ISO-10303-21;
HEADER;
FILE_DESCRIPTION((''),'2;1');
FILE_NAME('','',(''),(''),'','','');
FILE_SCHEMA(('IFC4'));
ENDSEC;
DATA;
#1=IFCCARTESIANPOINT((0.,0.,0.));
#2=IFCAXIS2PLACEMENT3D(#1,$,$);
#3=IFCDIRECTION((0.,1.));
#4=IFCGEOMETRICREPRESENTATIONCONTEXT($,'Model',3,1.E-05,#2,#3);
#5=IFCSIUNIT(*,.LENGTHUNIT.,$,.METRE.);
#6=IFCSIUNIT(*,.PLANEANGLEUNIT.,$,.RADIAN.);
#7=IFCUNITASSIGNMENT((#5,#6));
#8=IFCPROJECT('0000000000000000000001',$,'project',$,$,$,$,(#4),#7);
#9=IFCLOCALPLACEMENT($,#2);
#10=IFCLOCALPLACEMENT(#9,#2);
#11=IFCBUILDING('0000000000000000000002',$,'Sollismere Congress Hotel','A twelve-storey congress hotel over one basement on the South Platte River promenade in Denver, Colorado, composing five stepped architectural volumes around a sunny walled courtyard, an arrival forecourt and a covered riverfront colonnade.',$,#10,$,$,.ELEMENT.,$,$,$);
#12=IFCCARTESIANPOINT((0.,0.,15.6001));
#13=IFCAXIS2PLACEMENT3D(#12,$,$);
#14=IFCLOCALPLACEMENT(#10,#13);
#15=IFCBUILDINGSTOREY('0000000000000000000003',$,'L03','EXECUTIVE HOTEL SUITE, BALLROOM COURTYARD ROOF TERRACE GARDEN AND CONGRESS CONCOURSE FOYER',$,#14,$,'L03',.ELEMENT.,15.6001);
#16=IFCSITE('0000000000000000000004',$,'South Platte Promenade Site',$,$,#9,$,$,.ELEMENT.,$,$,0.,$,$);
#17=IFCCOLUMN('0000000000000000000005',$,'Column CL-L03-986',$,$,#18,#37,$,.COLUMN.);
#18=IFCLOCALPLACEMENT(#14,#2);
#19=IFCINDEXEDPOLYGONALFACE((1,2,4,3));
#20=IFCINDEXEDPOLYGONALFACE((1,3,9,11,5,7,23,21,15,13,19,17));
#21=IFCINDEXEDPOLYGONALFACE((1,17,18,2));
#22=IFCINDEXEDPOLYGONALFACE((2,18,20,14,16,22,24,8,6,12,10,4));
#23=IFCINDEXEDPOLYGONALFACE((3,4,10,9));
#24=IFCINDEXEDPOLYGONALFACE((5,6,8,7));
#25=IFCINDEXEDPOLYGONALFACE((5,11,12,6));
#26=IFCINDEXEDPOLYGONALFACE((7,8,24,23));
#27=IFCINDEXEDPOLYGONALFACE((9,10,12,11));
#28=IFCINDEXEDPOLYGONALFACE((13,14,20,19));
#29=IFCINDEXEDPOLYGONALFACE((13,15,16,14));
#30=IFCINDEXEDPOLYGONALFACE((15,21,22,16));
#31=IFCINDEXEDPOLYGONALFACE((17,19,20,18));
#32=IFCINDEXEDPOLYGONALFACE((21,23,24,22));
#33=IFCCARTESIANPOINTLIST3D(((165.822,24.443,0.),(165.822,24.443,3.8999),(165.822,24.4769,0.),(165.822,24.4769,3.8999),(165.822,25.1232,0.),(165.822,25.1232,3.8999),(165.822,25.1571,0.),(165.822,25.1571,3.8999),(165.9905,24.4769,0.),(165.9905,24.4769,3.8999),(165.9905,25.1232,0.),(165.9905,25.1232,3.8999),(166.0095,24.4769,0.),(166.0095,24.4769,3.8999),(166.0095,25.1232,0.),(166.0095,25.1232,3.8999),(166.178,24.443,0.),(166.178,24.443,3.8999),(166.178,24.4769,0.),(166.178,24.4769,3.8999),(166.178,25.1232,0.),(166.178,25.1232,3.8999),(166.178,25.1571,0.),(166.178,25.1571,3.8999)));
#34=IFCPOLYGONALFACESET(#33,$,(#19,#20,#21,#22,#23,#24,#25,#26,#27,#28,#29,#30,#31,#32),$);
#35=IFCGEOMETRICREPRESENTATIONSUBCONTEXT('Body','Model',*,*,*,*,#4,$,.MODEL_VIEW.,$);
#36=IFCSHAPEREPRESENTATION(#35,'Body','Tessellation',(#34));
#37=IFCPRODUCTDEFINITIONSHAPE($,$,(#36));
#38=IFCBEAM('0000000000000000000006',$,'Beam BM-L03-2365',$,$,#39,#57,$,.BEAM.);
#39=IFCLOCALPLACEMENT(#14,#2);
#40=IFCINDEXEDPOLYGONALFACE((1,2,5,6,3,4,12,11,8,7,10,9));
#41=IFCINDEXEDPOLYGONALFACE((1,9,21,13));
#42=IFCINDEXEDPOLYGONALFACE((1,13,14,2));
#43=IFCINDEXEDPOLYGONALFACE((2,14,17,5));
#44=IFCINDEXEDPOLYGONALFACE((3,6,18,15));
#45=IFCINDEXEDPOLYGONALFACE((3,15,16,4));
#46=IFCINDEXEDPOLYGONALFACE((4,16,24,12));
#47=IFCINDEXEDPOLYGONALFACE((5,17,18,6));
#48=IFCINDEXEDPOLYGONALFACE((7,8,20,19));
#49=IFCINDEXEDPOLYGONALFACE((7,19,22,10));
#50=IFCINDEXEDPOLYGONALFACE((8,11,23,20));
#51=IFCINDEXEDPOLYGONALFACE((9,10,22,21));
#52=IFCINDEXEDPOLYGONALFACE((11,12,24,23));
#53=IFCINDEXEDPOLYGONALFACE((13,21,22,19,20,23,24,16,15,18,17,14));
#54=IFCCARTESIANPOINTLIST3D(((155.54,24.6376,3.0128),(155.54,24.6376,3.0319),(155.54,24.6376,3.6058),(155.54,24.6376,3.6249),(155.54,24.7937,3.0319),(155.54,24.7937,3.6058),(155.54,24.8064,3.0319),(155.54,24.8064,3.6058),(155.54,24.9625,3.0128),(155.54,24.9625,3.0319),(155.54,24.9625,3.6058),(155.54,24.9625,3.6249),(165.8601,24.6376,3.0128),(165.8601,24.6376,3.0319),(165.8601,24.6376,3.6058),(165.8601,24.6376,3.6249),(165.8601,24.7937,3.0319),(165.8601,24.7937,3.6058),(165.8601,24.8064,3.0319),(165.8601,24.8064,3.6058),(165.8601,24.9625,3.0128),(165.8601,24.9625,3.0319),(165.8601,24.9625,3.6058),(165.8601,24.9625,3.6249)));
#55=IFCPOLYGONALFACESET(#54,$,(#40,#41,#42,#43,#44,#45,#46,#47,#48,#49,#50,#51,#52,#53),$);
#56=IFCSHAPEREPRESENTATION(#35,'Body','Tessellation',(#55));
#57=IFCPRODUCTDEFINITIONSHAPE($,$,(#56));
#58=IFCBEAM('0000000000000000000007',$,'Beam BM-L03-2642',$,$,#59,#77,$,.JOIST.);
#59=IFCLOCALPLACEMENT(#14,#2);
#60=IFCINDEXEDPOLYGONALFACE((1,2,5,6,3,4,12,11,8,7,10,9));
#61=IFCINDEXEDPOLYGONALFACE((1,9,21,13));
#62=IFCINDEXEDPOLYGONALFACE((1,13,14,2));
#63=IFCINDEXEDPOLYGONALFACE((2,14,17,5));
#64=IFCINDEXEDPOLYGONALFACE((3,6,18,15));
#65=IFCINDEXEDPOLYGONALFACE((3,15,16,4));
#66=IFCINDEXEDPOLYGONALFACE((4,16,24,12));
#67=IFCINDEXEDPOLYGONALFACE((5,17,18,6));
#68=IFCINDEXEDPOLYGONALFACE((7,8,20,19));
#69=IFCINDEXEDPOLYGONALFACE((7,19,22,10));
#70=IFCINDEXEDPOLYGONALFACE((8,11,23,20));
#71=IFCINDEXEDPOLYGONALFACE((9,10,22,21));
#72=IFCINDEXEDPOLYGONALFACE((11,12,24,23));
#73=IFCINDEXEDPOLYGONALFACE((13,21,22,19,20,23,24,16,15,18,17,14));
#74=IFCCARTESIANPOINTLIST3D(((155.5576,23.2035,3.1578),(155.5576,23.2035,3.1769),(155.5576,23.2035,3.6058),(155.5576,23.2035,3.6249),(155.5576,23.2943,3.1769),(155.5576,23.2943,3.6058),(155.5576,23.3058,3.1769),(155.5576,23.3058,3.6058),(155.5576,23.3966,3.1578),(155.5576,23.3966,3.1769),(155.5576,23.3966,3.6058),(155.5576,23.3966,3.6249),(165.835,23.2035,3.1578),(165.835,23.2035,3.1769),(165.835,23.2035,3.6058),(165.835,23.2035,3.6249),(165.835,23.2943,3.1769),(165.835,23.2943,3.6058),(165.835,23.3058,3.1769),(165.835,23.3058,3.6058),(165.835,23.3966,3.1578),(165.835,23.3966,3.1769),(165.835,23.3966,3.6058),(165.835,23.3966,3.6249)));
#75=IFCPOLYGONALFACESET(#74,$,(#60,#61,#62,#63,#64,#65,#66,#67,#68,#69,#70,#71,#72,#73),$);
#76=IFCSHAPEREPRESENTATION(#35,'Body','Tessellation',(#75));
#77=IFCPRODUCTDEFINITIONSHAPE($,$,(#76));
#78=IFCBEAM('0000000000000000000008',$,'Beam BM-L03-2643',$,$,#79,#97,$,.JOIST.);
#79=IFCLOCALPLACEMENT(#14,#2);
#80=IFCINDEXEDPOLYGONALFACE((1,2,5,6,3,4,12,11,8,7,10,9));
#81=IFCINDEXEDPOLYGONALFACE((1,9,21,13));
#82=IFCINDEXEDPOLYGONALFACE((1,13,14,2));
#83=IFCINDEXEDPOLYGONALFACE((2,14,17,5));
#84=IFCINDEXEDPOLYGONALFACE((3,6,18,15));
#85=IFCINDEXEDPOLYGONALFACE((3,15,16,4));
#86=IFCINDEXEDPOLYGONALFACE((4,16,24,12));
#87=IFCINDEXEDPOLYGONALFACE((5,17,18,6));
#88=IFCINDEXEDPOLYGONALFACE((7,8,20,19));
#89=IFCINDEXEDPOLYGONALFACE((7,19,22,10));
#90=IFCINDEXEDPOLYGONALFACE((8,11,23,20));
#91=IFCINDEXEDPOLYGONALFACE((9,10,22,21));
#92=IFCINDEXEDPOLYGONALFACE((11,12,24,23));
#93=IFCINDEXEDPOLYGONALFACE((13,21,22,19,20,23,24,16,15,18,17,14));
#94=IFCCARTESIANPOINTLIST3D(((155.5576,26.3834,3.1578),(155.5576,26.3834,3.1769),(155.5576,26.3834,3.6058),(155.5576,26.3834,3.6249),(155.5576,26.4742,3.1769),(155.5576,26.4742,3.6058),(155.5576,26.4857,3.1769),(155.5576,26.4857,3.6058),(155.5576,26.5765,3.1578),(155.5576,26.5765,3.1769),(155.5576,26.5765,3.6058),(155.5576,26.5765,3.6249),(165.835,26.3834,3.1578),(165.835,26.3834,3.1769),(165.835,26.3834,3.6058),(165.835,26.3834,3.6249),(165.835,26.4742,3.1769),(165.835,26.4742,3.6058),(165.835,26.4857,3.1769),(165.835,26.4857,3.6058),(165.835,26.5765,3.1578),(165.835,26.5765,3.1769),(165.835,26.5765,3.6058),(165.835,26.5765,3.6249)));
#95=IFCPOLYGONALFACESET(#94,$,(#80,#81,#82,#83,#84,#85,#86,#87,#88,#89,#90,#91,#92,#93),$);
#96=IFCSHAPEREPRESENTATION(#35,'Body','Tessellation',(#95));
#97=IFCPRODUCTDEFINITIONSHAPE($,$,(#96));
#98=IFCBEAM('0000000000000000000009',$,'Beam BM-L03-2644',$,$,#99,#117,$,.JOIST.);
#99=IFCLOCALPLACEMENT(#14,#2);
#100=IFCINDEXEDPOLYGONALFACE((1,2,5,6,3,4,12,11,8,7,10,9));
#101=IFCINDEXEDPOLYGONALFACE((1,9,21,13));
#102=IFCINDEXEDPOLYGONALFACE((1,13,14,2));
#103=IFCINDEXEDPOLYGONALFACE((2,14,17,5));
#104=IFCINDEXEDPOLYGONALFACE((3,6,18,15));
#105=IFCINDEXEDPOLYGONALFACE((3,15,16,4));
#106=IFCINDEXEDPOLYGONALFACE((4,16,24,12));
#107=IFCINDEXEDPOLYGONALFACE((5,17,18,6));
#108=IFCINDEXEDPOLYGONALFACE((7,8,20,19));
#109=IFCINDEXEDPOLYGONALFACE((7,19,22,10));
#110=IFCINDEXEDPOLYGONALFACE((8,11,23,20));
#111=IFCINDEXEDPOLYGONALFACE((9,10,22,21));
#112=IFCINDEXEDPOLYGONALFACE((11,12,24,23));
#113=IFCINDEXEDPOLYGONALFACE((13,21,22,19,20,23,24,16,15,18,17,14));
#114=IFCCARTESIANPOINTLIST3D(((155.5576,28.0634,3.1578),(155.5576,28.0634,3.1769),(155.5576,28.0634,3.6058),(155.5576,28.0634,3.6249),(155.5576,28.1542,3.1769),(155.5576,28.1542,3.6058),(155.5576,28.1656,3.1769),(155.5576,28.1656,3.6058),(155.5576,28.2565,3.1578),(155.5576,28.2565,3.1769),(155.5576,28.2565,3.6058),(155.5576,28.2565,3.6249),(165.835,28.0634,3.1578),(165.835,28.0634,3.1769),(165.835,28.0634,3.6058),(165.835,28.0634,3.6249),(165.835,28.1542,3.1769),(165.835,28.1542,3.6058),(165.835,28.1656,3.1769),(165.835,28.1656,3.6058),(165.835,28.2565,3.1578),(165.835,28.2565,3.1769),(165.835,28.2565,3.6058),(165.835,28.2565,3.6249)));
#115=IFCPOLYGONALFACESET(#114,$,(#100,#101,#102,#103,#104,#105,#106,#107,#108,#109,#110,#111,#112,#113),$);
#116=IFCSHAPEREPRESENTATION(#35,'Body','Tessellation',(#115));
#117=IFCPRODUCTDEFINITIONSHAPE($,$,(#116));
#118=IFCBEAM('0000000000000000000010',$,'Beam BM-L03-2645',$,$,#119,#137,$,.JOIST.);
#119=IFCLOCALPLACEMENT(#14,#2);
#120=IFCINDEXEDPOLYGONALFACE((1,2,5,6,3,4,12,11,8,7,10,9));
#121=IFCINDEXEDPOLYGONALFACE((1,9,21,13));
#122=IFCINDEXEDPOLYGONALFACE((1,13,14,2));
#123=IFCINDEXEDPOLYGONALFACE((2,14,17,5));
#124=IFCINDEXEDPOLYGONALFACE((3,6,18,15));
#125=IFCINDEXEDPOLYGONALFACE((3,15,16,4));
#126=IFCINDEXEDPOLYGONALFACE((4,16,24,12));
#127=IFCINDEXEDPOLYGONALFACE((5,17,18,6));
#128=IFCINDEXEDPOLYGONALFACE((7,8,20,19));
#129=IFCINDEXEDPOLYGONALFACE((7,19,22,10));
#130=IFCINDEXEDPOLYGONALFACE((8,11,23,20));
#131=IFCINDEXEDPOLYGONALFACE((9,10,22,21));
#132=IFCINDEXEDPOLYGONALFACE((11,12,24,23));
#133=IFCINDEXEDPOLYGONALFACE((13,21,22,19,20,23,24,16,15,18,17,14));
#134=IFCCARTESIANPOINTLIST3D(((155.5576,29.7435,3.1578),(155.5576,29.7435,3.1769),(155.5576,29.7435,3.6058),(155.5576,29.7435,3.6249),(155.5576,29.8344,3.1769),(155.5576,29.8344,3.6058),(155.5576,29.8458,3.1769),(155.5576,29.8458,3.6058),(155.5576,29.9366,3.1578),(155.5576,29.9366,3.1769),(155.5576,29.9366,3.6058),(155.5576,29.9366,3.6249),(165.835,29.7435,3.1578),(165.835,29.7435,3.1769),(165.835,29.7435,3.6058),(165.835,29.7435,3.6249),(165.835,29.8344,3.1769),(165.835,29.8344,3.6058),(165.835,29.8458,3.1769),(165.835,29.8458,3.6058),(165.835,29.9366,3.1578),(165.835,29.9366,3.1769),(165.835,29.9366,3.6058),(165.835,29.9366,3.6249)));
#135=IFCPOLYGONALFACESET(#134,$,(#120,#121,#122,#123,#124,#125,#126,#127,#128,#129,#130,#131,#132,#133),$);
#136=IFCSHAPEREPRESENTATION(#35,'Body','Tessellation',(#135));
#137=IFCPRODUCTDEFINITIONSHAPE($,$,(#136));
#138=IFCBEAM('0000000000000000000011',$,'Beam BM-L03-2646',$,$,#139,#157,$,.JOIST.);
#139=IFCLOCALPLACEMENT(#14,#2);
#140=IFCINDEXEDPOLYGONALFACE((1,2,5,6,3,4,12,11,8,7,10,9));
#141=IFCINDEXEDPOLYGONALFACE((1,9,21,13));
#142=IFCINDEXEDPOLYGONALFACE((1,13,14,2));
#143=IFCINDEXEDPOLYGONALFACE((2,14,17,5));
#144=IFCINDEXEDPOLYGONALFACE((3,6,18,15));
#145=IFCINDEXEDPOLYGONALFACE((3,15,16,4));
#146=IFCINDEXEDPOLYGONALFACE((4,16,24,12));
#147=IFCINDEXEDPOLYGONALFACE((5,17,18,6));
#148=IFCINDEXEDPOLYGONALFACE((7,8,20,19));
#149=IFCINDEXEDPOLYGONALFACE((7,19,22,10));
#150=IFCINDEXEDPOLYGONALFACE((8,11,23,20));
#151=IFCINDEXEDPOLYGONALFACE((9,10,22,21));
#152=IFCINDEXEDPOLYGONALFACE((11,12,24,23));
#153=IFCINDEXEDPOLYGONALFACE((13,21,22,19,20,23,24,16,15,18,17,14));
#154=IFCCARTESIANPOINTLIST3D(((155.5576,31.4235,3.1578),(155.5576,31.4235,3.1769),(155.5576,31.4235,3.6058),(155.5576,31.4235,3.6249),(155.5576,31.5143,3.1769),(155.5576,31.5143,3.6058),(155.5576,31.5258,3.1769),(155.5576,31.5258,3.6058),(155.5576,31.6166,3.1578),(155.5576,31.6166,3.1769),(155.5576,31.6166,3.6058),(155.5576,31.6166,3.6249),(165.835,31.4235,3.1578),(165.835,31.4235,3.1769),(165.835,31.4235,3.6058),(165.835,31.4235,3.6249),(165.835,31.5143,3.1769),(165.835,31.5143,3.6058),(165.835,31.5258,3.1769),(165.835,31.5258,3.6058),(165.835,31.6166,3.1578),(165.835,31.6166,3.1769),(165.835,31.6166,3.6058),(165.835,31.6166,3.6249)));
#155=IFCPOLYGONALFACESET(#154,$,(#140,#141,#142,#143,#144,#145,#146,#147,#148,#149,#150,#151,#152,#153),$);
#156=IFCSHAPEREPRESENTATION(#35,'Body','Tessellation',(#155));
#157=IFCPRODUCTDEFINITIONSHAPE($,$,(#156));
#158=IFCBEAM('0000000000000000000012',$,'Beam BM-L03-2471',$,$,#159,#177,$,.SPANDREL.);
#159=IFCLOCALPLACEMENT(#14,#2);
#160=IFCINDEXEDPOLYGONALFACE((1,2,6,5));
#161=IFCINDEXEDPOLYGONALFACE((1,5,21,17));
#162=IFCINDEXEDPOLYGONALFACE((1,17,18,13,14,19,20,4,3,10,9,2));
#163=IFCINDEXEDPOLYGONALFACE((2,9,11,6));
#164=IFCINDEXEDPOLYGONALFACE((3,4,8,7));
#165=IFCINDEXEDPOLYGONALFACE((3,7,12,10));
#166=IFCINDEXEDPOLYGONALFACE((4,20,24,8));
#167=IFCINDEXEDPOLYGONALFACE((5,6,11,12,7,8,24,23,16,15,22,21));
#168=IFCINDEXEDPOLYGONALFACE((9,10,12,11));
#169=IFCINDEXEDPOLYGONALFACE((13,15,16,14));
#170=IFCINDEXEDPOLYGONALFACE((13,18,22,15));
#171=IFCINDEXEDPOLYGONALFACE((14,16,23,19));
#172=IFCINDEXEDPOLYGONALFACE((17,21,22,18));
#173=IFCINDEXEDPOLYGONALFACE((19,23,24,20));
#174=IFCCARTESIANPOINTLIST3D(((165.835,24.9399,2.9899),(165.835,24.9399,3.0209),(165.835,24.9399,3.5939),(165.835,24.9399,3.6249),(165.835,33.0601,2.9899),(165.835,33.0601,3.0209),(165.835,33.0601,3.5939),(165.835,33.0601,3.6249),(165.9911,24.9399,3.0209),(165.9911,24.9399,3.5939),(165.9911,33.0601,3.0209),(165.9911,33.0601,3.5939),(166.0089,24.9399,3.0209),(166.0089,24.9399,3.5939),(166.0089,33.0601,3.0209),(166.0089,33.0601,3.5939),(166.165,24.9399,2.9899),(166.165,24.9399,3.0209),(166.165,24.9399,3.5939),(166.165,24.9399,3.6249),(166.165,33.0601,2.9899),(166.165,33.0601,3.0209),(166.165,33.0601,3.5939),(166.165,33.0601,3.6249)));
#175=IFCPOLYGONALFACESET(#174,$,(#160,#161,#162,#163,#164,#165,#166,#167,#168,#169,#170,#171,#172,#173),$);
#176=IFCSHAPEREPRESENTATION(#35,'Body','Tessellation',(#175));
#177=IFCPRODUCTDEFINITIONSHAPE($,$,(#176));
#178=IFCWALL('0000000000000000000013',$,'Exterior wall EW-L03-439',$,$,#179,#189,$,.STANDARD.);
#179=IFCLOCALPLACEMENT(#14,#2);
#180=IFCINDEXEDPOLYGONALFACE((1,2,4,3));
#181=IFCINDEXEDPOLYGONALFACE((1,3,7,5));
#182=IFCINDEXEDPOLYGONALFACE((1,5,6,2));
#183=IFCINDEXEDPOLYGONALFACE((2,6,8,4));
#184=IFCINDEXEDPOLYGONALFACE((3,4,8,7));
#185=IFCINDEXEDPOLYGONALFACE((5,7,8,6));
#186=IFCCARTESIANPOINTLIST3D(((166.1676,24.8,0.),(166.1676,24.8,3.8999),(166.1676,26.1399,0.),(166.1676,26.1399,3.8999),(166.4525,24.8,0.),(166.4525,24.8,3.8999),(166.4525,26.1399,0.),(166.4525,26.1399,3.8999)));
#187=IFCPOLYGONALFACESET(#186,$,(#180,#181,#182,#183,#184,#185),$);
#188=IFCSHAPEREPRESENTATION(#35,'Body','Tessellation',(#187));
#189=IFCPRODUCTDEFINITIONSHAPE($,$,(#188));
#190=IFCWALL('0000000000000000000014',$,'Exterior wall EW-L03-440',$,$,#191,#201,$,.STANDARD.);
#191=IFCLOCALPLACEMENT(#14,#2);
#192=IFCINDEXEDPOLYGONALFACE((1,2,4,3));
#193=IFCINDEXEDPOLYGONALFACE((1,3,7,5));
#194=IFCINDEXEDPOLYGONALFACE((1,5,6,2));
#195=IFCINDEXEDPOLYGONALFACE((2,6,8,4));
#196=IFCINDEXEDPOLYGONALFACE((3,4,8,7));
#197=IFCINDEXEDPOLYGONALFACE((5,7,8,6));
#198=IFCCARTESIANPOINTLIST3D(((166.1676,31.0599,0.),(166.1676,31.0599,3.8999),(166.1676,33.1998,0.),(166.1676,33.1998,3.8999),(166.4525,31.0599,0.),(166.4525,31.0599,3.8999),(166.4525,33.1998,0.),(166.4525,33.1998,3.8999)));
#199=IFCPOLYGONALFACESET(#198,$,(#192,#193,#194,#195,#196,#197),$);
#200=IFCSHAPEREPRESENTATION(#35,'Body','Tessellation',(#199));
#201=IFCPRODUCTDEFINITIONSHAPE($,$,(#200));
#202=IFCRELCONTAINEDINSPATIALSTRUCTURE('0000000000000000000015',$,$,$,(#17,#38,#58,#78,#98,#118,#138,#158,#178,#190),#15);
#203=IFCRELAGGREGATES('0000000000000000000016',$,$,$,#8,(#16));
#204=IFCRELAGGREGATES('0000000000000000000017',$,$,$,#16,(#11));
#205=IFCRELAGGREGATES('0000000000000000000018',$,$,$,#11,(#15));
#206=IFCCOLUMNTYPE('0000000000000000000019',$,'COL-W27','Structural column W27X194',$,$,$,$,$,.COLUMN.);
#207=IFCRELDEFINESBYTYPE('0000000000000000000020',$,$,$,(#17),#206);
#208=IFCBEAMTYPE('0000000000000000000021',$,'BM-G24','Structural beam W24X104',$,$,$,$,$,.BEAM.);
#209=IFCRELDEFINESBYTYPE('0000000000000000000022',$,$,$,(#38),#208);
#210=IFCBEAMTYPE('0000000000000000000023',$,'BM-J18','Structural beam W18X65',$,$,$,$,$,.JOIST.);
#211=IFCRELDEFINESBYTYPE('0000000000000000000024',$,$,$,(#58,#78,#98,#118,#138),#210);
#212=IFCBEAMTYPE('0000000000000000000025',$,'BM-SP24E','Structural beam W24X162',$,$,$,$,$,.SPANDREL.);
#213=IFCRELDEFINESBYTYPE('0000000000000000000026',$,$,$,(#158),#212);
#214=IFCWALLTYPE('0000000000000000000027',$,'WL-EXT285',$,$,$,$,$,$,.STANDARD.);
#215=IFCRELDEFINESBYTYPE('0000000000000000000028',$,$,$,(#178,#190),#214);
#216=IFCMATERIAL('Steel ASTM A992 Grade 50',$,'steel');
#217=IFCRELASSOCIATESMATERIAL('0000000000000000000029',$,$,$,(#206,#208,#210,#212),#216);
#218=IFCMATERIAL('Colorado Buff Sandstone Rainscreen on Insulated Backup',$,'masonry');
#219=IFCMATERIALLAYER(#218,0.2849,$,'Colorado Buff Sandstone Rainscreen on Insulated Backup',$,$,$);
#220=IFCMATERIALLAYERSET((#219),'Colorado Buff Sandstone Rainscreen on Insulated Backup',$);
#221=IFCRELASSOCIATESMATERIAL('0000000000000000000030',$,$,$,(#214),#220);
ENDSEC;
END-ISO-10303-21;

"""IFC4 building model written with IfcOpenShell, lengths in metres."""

from ifc_helpers import new_model, si_unit, direction, frame, frame_2d, origin, origin_2d, place, context, subcontext, project, spatial, rectangle, i_section, extrude, material, layer, layer_set, material_profile, profile_set, type_object, element, save


model = new_model("IFC4")

# Units and contexts
model_context = context("Model", 3, precision=1e-05, world=origin(), true_north=direction((0.0, 1.0)))
body_context = subcontext(model_context, "Body", "Model", "MODEL_VIEW")
ifc_project = project(units=[si_unit("LENGTHUNIT", "METRE"), si_unit("PLANEANGLEUNIT", "RADIAN")], contexts=[model_context])

# Site, building, storey
site_placement = place(None, origin())
site = spatial("IfcSite", under=ifc_project, at=site_placement, Name="South Platte Promenade Site", CompositionType="ELEMENT", RefElevation=0.0)
building_placement = place(site_placement, origin())
building = spatial("IfcBuilding", under=site, at=building_placement, Name="Sollismere Congress Hotel", Description="A twelve-storey congress hotel over one basement on the South Platte River promenade in Denver, Colorado, composing five stepped architectural volumes around a sunny walled courtyard, an arrival forecourt and a covered riverfront colonnade.", CompositionType="ELEMENT")
storey_placement = place(building_placement, frame((0.0, 0.0, 15.6001)))
storey = spatial("IfcBuildingStorey", under=building, at=storey_placement, Name="L03", Description="EXECUTIVE HOTEL SUITE, BALLROOM COURTYARD ROOF TERRACE GARDEN AND CONGRESS CONCOURSE FOYER", LongName="L03", CompositionType="ELEMENT", Elevation=15.6001)

# Column
ifc_material_1 = material(Name="Steel ASTM A992 Grade 50", Category="steel")
ifc_material_profile_1 = material_profile(ifc_material_1, i_section(OverallWidth=0.356, OverallDepth=0.7141, WebThickness=0.019, FlangeThickness=0.0339, at=origin_2d()), Name="W27X194")
ifc_profile_set_1 = profile_set([ifc_material_profile_1], Name="Steel ASTM A992 Grade 50")
column_type = type_object("IfcColumnType", Name="COL-W27", Description="Structural column W27X194", PredefinedType="COLUMN", material=ifc_profile_set_1)
column_placement = place(storey_placement, frame((166.0, 24.8, 0.0), z_axis=(0.0, 0.0, 1.0), x_axis=(1.0, 0.0, 0.0)))
element("IfcColumn", 1, at=column_placement, inside=storey, type_object=column_type, Name="Column CL-L03-986", PredefinedType="COLUMN", context=body_context, shape_type="SweptSolid", body=[
    extrude(i_section(OverallWidth=0.356, OverallDepth=0.7141, WebThickness=0.019, FlangeThickness=0.0339, at=origin_2d()), origin(), (0.0, 0.0, 1.0), 3.8999),
])

# Beams
ifc_material_profile_2 = material_profile(ifc_material_1, i_section(OverallWidth=0.325, OverallDepth=0.6121, WebThickness=0.0127, FlangeThickness=0.019, at=origin_2d()), Name="W24X104")
ifc_profile_set_2 = profile_set([ifc_material_profile_2], Name="Steel ASTM A992 Grade 50")
beam_type_1 = type_object("IfcBeamType", Name="BM-G24", Description="Structural beam W24X104", PredefinedType="BEAM", material=ifc_profile_set_2)
beam_1_placement = place(storey_placement, frame((155.54, 24.8, 3.3188), z_axis=(1.0, 0.0, 0.0), x_axis=(0.0, 1.0, 0.0)))
element("IfcBeam", 2, at=beam_1_placement, inside=storey, type_object=beam_type_1, Name="Beam BM-L03-2365", PredefinedType="BEAM", context=body_context, shape_type="SweptSolid", body=[
    extrude(i_section(OverallWidth=0.325, OverallDepth=0.6121, WebThickness=0.0127, FlangeThickness=0.019, at=origin_2d()), origin(), (0.0, 0.0, 1.0), 10.3201),
])
ifc_material_profile_3 = material_profile(ifc_material_1, i_section(OverallWidth=0.1931, OverallDepth=0.467, WebThickness=0.0115, FlangeThickness=0.019, at=origin_2d()), Name="W18X65")
ifc_profile_set_3 = profile_set([ifc_material_profile_3], Name="Steel ASTM A992 Grade 50")
beam_type_2 = type_object("IfcBeamType", Name="BM-J18", Description="Structural beam W18X65", PredefinedType="JOIST", material=ifc_profile_set_3)
for number, where, z_axis, x_axis, name in (
    (3, (155.5576, 23.3, 3.3914), (1.0, 0.0, 0.0), (0.0, 1.0, 0.0), "Beam BM-L03-2642"),
    (4, (155.5576, 26.48, 3.3914), (1.0, 0.0, 0.0), (0.0, 1.0, 0.0), "Beam BM-L03-2643"),
    (5, (155.5576, 28.1599, 3.3914), (1.0, 0.0, 0.0), (0.0, 1.0, 0.0), "Beam BM-L03-2644"),
    (6, (155.5576, 29.8401, 3.3914), (1.0, 0.0, 0.0), (0.0, 1.0, 0.0), "Beam BM-L03-2645"),
    (7, (155.5576, 31.52, 3.3914), (1.0, 0.0, 0.0), (0.0, 1.0, 0.0), "Beam BM-L03-2646"),
):
    element("IfcBeam", number, at=place(storey_placement, frame(where, z_axis=z_axis, x_axis=x_axis)), inside=storey, type_object=beam_type_2, Name=name, PredefinedType="JOIST", context=body_context, shape_type="SweptSolid", body=[
        extrude(i_section(OverallWidth=0.1931, OverallDepth=0.467, WebThickness=0.0115, FlangeThickness=0.019, at=origin_2d()), origin(), (0.0, 0.0, 1.0), 10.2773),
    ])
ifc_material_profile_4 = material_profile(ifc_material_1, i_section(OverallWidth=0.3301, OverallDepth=0.635, WebThickness=0.0178, FlangeThickness=0.031, at=origin_2d()), Name="W24X162")
ifc_profile_set_4 = profile_set([ifc_material_profile_4], Name="Steel ASTM A992 Grade 50")
beam_type_3 = type_object("IfcBeamType", Name="BM-SP24E", Description="Structural beam W24X162", PredefinedType="SPANDREL", material=ifc_profile_set_4)
beam_2_placement = place(storey_placement, frame((166.0, 24.9399, 3.3074), z_axis=(0.0, 1.0, 0.0), x_axis=(-1.0, 0.0, 0.0)))
element("IfcBeam", 8, at=beam_2_placement, inside=storey, type_object=beam_type_3, Name="Beam BM-L03-2471", PredefinedType="SPANDREL", context=body_context, shape_type="SweptSolid", body=[
    extrude(i_section(OverallWidth=0.3301, OverallDepth=0.635, WebThickness=0.0178, FlangeThickness=0.031, at=origin_2d()), origin(), (0.0, 0.0, 1.0), 8.1201),
])

# Walls
ifc_material_2 = material(Name="Colorado Buff Sandstone Rainscreen on Insulated Backup", Category="masonry")
ifc_layer_1 = layer(ifc_material_2, 0.2849, Name="Colorado Buff Sandstone Rainscreen on Insulated Backup")
ifc_layer_set_1 = layer_set([ifc_layer_1], Name="Colorado Buff Sandstone Rainscreen on Insulated Backup")
wall_type_1 = type_object("IfcWallType", Name="WL-EXT285", PredefinedType="STANDARD", material=ifc_layer_set_1)
wall_1_placement = place(storey_placement, frame((166.3101, 24.8, 0.0), z_axis=(0.0, 0.0, 1.0), x_axis=(0.0, 1.0, 0.0)))
element("IfcWall", 9, at=wall_1_placement, inside=storey, type_object=wall_type_1, Name="Exterior wall EW-L03-439", PredefinedType="STANDARD", context=body_context, shape_type="SweptSolid", body=[
    extrude(rectangle(XDim=1.3398, YDim=0.2849, at=frame_2d((0.6699, 0.0))), origin(), (0.0, 0.0, 1.0), 3.8999),
])
wall_2_placement = place(storey_placement, frame((166.3101, 31.0601, 0.0), z_axis=(0.0, 0.0, 1.0), x_axis=(0.0, 1.0, 0.0)))
element("IfcWall", 10, at=wall_2_placement, inside=storey, type_object=wall_type_1, Name="Exterior wall EW-L03-440", PredefinedType="STANDARD", context=body_context, shape_type="SweptSolid", body=[
    extrude(rectangle(XDim=2.1399, YDim=0.2849, at=frame_2d((1.0698, 0.0))), origin(), (0.0, 0.0, 1.0), 3.8999),
])

save(model, "model.ifc")
